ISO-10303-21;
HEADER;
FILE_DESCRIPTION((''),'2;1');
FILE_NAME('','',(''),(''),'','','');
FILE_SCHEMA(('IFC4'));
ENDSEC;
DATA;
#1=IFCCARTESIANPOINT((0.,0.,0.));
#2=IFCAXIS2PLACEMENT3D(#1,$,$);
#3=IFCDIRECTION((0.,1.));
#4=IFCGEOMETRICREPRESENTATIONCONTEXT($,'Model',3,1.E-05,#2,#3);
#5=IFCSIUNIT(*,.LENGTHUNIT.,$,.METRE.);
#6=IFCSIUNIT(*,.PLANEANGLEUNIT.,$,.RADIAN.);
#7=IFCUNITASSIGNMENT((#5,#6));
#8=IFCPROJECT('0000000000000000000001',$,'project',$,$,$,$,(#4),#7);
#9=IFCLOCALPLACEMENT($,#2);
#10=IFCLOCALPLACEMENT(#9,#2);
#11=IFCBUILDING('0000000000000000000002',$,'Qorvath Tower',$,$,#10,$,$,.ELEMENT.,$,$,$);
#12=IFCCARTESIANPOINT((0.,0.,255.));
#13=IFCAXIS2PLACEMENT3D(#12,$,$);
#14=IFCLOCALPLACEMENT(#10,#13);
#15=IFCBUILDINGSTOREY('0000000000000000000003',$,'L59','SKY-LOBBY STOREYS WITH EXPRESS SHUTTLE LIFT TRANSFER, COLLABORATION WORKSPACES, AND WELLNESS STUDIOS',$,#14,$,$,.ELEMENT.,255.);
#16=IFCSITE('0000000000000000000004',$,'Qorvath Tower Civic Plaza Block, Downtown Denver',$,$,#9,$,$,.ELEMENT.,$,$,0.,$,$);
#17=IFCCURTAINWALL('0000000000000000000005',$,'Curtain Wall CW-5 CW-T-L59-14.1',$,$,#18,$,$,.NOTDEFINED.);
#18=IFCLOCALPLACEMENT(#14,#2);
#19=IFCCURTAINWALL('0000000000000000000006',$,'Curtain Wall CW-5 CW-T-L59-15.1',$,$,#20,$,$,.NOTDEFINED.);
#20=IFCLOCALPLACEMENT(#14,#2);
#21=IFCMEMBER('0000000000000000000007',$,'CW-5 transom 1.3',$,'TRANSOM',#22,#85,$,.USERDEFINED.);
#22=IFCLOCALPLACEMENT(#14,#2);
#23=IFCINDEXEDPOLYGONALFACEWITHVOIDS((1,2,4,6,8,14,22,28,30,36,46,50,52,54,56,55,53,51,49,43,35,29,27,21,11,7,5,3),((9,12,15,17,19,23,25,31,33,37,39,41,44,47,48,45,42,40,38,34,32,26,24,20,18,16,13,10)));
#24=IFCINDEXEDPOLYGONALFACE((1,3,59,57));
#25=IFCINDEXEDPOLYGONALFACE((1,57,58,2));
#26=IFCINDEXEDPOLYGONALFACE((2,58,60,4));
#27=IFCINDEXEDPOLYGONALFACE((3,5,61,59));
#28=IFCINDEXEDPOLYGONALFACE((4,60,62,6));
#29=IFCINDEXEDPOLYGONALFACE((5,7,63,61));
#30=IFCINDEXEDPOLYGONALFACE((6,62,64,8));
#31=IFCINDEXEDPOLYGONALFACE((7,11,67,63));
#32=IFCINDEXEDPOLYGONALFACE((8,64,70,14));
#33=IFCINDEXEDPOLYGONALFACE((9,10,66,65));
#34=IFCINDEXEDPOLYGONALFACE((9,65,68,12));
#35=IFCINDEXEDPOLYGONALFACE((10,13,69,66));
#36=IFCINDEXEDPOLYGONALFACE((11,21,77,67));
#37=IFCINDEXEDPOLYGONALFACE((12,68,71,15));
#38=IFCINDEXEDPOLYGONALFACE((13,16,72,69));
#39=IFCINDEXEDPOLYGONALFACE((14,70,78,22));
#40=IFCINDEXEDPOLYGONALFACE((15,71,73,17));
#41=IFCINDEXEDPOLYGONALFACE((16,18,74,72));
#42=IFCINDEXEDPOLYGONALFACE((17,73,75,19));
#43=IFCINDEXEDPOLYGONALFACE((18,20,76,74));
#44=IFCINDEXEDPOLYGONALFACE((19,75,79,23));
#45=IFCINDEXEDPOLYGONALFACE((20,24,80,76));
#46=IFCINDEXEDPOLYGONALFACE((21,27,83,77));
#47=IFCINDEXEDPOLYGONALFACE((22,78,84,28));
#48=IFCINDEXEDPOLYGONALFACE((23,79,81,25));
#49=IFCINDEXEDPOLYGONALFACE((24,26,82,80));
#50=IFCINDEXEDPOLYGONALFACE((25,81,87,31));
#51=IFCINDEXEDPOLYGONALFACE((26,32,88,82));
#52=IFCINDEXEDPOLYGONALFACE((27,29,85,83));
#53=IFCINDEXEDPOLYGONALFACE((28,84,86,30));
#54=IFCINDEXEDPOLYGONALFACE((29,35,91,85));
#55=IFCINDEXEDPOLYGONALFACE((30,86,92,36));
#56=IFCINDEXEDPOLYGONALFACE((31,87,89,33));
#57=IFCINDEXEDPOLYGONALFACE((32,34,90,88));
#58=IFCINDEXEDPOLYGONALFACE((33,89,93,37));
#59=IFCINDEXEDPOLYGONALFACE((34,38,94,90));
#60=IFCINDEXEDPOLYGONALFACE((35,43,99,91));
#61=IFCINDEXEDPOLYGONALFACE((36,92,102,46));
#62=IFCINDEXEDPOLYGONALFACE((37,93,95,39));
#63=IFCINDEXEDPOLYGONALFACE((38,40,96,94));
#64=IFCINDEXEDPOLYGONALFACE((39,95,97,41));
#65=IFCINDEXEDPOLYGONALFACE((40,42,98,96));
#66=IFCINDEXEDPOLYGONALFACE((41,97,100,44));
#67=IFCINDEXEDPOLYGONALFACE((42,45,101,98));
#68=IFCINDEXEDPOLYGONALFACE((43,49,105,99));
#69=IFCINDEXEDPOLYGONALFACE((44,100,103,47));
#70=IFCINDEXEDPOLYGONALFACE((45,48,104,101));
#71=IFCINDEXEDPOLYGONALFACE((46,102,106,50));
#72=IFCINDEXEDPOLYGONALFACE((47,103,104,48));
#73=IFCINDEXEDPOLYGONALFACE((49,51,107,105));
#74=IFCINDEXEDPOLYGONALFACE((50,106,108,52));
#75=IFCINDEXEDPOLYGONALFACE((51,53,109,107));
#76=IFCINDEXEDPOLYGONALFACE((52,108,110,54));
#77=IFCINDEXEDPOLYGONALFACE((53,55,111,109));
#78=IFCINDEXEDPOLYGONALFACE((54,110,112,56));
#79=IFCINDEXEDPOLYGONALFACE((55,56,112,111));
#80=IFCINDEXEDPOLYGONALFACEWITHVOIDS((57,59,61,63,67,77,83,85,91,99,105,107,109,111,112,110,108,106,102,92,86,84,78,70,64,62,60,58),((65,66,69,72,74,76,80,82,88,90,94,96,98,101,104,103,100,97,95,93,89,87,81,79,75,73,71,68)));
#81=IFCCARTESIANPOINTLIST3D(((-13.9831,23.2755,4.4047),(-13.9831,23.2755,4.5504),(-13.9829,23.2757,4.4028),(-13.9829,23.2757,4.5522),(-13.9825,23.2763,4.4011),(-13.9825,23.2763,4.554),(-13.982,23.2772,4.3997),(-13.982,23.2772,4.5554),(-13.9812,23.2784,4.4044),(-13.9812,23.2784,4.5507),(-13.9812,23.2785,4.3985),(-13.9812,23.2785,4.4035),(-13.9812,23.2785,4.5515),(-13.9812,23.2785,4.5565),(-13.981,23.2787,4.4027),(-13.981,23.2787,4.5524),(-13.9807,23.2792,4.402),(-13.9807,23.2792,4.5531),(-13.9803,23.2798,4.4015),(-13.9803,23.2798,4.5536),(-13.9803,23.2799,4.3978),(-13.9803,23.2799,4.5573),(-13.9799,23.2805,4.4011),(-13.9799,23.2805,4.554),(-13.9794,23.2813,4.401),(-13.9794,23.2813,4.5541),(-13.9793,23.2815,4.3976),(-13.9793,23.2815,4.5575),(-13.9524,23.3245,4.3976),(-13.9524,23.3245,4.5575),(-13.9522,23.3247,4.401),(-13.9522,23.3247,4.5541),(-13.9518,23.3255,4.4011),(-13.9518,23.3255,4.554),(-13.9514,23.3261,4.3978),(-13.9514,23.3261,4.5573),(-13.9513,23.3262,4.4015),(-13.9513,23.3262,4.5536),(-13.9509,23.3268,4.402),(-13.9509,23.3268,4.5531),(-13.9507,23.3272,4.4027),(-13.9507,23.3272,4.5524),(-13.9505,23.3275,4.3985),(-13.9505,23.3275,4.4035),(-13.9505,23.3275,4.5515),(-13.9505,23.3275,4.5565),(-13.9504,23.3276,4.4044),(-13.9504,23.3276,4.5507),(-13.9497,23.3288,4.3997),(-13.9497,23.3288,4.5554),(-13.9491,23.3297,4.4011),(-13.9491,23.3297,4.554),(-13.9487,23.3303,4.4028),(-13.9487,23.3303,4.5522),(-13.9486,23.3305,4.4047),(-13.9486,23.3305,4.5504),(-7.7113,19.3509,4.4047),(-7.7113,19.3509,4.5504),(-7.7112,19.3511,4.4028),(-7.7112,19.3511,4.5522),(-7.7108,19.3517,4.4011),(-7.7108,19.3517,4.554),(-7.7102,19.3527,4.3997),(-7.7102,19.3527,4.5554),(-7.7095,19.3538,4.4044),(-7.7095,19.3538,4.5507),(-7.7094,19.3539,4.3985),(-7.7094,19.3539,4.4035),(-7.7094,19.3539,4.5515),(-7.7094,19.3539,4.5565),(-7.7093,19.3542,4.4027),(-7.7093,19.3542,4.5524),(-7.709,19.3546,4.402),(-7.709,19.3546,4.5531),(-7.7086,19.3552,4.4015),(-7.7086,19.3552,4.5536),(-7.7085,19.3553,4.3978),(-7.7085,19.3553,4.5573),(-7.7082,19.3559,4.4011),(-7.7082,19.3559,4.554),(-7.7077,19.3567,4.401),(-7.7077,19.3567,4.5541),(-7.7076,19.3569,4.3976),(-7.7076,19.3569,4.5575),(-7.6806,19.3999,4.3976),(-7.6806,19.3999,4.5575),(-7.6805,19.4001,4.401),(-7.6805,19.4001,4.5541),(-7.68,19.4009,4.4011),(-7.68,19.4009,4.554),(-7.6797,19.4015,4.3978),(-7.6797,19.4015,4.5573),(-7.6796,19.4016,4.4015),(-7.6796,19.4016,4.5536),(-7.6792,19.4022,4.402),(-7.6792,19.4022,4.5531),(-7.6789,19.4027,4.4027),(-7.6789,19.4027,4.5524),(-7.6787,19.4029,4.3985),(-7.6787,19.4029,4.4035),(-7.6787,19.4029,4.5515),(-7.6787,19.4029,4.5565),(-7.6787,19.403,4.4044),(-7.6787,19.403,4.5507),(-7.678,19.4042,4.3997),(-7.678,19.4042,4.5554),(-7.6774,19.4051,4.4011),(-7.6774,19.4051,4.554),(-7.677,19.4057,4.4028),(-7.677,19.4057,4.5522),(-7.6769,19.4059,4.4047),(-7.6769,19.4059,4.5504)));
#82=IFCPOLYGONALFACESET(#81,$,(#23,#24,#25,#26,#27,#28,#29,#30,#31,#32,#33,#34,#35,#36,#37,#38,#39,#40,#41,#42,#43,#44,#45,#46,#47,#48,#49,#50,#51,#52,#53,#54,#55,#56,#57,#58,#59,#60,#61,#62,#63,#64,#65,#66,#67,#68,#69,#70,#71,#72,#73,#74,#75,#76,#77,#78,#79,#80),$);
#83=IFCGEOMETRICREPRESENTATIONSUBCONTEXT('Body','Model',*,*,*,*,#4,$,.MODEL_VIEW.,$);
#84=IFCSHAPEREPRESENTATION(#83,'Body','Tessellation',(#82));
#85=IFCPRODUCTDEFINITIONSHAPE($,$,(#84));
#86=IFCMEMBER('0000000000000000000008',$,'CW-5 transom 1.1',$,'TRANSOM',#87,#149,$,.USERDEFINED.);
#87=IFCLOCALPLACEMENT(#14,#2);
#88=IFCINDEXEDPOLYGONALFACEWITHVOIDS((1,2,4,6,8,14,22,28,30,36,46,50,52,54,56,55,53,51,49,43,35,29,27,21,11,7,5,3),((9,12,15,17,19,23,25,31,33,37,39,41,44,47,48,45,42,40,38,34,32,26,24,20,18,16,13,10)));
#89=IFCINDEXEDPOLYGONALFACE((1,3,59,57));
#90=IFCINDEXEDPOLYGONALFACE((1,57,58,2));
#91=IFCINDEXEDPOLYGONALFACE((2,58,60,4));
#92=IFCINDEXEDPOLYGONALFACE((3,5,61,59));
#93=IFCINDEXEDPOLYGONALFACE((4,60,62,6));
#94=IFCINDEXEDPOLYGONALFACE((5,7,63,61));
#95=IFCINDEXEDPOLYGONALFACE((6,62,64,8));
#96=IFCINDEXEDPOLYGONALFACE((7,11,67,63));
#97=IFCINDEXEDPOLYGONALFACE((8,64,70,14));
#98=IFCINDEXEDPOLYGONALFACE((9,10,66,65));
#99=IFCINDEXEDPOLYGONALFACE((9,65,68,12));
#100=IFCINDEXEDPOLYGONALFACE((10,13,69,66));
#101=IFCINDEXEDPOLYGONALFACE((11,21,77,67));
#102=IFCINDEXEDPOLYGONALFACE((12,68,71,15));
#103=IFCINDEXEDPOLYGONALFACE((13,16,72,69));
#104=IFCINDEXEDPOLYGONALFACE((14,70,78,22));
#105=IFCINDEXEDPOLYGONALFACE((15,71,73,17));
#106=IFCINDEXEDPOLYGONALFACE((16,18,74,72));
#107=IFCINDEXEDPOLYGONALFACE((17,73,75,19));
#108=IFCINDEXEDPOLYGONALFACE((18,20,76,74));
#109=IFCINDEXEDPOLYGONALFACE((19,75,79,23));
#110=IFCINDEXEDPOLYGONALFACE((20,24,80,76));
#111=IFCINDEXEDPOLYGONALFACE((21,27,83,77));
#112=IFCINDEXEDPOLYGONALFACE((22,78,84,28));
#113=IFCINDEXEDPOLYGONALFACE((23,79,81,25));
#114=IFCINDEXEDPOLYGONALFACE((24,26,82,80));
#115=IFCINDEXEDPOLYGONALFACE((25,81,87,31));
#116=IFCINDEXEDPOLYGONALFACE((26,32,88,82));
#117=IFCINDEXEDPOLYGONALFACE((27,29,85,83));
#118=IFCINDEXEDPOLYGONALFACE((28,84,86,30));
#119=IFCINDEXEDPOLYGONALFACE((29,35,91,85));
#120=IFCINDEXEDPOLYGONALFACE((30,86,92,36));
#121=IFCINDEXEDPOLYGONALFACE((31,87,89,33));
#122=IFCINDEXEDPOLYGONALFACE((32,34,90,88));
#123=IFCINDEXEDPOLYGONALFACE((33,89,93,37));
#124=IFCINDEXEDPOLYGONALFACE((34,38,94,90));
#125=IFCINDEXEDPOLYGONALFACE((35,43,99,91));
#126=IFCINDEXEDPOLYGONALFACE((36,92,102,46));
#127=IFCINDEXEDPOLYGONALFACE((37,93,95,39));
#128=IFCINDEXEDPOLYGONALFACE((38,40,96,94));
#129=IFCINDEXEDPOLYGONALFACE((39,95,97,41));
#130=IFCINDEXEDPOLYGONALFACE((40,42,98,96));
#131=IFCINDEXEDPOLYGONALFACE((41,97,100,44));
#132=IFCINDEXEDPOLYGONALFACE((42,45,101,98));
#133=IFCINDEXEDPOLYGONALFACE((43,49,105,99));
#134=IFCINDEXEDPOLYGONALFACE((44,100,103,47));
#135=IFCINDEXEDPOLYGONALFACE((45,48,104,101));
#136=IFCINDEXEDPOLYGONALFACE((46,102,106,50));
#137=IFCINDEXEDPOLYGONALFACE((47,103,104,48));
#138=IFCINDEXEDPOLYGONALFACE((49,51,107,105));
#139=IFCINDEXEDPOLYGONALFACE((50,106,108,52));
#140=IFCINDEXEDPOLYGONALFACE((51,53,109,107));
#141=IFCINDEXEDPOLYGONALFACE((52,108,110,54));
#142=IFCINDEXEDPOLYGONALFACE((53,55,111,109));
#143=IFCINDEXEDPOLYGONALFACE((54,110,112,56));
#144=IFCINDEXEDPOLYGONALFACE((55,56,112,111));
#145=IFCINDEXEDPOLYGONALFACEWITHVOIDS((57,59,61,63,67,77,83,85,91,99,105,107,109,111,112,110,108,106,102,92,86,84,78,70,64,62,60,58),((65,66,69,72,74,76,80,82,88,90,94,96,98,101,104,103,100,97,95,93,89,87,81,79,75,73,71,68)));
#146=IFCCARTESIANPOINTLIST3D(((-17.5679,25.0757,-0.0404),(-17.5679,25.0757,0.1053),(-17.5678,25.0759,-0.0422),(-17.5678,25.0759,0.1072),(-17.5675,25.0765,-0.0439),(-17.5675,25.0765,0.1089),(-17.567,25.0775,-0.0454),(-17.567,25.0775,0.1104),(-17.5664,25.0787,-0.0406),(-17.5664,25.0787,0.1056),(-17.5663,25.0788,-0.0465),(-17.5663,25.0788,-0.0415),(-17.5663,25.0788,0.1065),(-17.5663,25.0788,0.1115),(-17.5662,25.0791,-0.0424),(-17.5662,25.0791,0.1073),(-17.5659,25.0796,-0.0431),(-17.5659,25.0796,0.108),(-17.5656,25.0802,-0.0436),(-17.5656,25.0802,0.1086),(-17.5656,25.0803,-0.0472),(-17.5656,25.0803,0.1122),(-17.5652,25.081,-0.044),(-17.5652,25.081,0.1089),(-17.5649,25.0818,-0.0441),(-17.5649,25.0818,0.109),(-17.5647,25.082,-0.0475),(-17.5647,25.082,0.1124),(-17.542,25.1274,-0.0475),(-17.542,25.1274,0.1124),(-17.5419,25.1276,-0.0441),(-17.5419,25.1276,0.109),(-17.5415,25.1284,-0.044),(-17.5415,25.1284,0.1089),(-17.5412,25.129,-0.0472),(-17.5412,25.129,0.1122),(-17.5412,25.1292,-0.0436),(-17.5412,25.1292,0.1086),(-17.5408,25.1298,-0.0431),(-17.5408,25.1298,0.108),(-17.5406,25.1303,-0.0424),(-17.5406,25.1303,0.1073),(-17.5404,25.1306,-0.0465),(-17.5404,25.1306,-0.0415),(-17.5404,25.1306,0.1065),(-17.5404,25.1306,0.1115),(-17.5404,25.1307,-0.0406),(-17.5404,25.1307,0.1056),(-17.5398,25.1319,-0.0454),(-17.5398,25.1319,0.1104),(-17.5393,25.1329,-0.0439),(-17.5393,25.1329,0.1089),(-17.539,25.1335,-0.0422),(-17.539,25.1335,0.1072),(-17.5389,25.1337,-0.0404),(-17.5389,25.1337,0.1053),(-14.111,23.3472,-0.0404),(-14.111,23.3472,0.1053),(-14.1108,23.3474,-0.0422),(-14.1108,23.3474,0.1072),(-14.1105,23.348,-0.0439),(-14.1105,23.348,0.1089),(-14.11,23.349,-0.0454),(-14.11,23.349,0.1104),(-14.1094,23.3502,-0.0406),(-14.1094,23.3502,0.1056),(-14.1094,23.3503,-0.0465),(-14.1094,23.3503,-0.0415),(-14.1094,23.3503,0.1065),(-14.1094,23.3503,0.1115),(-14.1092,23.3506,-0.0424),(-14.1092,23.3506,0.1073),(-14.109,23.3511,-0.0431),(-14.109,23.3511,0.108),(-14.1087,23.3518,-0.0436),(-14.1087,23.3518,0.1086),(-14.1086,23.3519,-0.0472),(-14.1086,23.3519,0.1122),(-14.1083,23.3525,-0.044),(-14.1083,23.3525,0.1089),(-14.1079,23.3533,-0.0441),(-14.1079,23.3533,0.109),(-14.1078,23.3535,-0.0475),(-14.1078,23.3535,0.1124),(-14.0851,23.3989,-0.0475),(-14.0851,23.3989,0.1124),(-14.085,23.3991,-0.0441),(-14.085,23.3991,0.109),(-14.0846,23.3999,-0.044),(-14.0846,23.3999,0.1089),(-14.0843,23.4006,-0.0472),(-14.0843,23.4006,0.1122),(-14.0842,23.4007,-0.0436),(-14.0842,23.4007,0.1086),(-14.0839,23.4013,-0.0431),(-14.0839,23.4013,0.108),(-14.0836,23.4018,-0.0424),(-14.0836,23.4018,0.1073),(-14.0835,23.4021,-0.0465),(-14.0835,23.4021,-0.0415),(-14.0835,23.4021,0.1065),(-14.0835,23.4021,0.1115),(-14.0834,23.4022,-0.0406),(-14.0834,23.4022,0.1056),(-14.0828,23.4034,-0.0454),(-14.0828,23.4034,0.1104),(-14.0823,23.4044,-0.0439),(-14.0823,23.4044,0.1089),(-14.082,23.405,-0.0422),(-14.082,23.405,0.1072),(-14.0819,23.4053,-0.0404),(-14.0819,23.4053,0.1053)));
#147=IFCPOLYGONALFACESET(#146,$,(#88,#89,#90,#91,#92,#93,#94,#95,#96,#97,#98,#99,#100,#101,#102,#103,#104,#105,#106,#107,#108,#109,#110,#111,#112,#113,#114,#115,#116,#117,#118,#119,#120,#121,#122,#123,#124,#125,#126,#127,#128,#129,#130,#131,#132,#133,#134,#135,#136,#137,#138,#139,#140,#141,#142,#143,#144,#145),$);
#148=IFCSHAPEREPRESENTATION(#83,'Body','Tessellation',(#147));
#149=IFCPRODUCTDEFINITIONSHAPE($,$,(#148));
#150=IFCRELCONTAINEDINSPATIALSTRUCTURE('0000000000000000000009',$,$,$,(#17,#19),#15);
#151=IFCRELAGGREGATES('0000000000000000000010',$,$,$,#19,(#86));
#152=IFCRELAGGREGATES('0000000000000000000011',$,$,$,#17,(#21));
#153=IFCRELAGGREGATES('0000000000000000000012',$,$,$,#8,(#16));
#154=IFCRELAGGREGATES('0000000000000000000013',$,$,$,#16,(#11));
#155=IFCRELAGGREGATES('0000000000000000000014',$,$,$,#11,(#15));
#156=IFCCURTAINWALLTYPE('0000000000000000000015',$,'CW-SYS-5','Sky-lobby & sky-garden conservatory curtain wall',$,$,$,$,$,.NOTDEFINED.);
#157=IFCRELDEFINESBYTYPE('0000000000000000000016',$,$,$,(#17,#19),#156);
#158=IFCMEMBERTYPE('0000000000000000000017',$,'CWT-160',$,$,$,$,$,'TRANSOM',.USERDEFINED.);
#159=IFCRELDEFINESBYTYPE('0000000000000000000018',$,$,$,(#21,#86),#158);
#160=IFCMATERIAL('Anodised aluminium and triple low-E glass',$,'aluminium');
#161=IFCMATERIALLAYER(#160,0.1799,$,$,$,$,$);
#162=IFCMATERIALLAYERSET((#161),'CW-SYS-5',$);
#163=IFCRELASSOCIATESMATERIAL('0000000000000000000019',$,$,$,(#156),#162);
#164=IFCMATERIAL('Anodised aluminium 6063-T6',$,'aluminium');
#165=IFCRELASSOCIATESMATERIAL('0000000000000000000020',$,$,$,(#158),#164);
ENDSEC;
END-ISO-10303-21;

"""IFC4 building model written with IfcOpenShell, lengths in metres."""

from ifc_helpers import new_model, si_unit, direction, frame, origin, origin_2d, place, context, subcontext, project, spatial, hollow_rectangle, extrude, material, layer, layer_set, material_profile, profile_set, type_object, element, aggregate, save


model = new_model("IFC4")

# Units and contexts
model_context = context("Model", 3, precision=1e-05, world=origin(), true_north=direction((0.0, 1.0)))
body_context = subcontext(model_context, "Body", "Model", "MODEL_VIEW")
ifc_project = project(units=[si_unit("LENGTHUNIT", "METRE"), si_unit("PLANEANGLEUNIT", "RADIAN")], contexts=[model_context])

# Site, building, storey
site_placement = place(None, origin())
site = spatial("IfcSite", under=ifc_project, at=site_placement, Name="Qorvath Tower Civic Plaza Block, Downtown Denver", CompositionType="ELEMENT", RefElevation=0.0)
building_placement = place(site_placement, origin())
building = spatial("IfcBuilding", under=site, at=building_placement, Name="Qorvath Tower", CompositionType="ELEMENT")
storey_placement = place(building_placement, frame((0.0, 0.0, 255.0)))
storey = spatial("IfcBuildingStorey", under=building, at=storey_placement, Name="L59", Description="SKY-LOBBY STOREYS WITH EXPRESS SHUTTLE LIFT TRANSFER, COLLABORATION WORKSPACES, AND WELLNESS STUDIOS", CompositionType="ELEMENT", Elevation=255.0)

# Shared definitions
ifc_material_1 = material(Name="Anodised aluminium and triple low-E glass", Category="aluminium")
ifc_layer_1 = layer(ifc_material_1, 0.1799)
ifc_layer_set_1 = layer_set([ifc_layer_1], Name="CW-SYS-5")
curtain_wall_type = type_object("IfcCurtainWallType", Name="CW-SYS-5", Description="Sky-lobby & sky-garden conservatory curtain wall", PredefinedType="NOTDEFINED", material=ifc_layer_set_1)

# Curtain wall
curtain_wall_1_placement = place(storey_placement, origin())
curtain_wall_1 = element("IfcCurtainWall", 1, at=curtain_wall_1_placement, inside=storey, type_object=curtain_wall_type, Name="Curtain Wall CW-5 CW-T-L59-14.1", PredefinedType="NOTDEFINED")

# Curtain wall
curtain_wall_2_placement = place(storey_placement, origin())
curtain_wall_2 = element("IfcCurtainWall", 2, at=curtain_wall_2_placement, inside=storey, type_object=curtain_wall_type, Name="Curtain Wall CW-5 CW-T-L59-15.1", PredefinedType="NOTDEFINED")

# Members
ifc_material_2 = material(Name="Anodised aluminium 6063-T6", Category="aluminium")
ifc_material_profile_1 = material_profile(ifc_material_2, hollow_rectangle(XDim=0.0649, YDim=0.1599, WallThickness=0.0034, InnerFilletRadius=0.0034, OuterFilletRadius=0.0071, at=origin_2d()), Name="CWT 160x65")
ifc_profile_set_1 = profile_set([ifc_material_profile_1], Name="Anodised aluminium 6063-T6")
member_type_1 = type_object("IfcMemberType", Name="CWT-160", ElementType="TRANSOM", PredefinedType="USERDEFINED", material=ifc_profile_set_1)
member_1_placement = place(storey_placement, frame((-7.6941, 19.3784, 4.4775), z_axis=(-0.847711, 0.530459, 0.0), x_axis=(-0.530459, -0.847711, 0.0)))
member_1 = element("IfcMember", 3, at=member_1_placement, type_object=member_type_1, Name="CW-5 transom 1.3", ObjectType="TRANSOM", PredefinedType="USERDEFINED", context=body_context, shape_type="SweptSolid", body=[
    extrude(hollow_rectangle(XDim=0.0649, YDim=0.1599, WallThickness=0.0034, InnerFilletRadius=0.0034, OuterFilletRadius=0.0071, at=origin_2d()), origin(), (0.0, 0.0, 1.0), 7.3984),
])
member_2_placement = place(storey_placement, frame((-14.0964, 23.3762, 0.0325), z_axis=(-0.894427, 0.447214, 0.0), x_axis=(-0.447214, -0.894427, 0.0)))
member_2 = element("IfcMember", 4, at=member_2_placement, type_object=member_type_1, Name="CW-5 transom 1.1", ObjectType="TRANSOM", PredefinedType="USERDEFINED", context=body_context, shape_type="SweptSolid", body=[
    extrude(hollow_rectangle(XDim=0.0649, YDim=0.1599, WallThickness=0.0034, InnerFilletRadius=0.0034, OuterFilletRadius=0.0071, at=origin_2d()), origin(), (0.0, 0.0, 1.0), 3.865),
])
aggregate(curtain_wall_2, [member_2])

aggregate(curtain_wall_1, [member_1])

save(model, "model.ifc")
